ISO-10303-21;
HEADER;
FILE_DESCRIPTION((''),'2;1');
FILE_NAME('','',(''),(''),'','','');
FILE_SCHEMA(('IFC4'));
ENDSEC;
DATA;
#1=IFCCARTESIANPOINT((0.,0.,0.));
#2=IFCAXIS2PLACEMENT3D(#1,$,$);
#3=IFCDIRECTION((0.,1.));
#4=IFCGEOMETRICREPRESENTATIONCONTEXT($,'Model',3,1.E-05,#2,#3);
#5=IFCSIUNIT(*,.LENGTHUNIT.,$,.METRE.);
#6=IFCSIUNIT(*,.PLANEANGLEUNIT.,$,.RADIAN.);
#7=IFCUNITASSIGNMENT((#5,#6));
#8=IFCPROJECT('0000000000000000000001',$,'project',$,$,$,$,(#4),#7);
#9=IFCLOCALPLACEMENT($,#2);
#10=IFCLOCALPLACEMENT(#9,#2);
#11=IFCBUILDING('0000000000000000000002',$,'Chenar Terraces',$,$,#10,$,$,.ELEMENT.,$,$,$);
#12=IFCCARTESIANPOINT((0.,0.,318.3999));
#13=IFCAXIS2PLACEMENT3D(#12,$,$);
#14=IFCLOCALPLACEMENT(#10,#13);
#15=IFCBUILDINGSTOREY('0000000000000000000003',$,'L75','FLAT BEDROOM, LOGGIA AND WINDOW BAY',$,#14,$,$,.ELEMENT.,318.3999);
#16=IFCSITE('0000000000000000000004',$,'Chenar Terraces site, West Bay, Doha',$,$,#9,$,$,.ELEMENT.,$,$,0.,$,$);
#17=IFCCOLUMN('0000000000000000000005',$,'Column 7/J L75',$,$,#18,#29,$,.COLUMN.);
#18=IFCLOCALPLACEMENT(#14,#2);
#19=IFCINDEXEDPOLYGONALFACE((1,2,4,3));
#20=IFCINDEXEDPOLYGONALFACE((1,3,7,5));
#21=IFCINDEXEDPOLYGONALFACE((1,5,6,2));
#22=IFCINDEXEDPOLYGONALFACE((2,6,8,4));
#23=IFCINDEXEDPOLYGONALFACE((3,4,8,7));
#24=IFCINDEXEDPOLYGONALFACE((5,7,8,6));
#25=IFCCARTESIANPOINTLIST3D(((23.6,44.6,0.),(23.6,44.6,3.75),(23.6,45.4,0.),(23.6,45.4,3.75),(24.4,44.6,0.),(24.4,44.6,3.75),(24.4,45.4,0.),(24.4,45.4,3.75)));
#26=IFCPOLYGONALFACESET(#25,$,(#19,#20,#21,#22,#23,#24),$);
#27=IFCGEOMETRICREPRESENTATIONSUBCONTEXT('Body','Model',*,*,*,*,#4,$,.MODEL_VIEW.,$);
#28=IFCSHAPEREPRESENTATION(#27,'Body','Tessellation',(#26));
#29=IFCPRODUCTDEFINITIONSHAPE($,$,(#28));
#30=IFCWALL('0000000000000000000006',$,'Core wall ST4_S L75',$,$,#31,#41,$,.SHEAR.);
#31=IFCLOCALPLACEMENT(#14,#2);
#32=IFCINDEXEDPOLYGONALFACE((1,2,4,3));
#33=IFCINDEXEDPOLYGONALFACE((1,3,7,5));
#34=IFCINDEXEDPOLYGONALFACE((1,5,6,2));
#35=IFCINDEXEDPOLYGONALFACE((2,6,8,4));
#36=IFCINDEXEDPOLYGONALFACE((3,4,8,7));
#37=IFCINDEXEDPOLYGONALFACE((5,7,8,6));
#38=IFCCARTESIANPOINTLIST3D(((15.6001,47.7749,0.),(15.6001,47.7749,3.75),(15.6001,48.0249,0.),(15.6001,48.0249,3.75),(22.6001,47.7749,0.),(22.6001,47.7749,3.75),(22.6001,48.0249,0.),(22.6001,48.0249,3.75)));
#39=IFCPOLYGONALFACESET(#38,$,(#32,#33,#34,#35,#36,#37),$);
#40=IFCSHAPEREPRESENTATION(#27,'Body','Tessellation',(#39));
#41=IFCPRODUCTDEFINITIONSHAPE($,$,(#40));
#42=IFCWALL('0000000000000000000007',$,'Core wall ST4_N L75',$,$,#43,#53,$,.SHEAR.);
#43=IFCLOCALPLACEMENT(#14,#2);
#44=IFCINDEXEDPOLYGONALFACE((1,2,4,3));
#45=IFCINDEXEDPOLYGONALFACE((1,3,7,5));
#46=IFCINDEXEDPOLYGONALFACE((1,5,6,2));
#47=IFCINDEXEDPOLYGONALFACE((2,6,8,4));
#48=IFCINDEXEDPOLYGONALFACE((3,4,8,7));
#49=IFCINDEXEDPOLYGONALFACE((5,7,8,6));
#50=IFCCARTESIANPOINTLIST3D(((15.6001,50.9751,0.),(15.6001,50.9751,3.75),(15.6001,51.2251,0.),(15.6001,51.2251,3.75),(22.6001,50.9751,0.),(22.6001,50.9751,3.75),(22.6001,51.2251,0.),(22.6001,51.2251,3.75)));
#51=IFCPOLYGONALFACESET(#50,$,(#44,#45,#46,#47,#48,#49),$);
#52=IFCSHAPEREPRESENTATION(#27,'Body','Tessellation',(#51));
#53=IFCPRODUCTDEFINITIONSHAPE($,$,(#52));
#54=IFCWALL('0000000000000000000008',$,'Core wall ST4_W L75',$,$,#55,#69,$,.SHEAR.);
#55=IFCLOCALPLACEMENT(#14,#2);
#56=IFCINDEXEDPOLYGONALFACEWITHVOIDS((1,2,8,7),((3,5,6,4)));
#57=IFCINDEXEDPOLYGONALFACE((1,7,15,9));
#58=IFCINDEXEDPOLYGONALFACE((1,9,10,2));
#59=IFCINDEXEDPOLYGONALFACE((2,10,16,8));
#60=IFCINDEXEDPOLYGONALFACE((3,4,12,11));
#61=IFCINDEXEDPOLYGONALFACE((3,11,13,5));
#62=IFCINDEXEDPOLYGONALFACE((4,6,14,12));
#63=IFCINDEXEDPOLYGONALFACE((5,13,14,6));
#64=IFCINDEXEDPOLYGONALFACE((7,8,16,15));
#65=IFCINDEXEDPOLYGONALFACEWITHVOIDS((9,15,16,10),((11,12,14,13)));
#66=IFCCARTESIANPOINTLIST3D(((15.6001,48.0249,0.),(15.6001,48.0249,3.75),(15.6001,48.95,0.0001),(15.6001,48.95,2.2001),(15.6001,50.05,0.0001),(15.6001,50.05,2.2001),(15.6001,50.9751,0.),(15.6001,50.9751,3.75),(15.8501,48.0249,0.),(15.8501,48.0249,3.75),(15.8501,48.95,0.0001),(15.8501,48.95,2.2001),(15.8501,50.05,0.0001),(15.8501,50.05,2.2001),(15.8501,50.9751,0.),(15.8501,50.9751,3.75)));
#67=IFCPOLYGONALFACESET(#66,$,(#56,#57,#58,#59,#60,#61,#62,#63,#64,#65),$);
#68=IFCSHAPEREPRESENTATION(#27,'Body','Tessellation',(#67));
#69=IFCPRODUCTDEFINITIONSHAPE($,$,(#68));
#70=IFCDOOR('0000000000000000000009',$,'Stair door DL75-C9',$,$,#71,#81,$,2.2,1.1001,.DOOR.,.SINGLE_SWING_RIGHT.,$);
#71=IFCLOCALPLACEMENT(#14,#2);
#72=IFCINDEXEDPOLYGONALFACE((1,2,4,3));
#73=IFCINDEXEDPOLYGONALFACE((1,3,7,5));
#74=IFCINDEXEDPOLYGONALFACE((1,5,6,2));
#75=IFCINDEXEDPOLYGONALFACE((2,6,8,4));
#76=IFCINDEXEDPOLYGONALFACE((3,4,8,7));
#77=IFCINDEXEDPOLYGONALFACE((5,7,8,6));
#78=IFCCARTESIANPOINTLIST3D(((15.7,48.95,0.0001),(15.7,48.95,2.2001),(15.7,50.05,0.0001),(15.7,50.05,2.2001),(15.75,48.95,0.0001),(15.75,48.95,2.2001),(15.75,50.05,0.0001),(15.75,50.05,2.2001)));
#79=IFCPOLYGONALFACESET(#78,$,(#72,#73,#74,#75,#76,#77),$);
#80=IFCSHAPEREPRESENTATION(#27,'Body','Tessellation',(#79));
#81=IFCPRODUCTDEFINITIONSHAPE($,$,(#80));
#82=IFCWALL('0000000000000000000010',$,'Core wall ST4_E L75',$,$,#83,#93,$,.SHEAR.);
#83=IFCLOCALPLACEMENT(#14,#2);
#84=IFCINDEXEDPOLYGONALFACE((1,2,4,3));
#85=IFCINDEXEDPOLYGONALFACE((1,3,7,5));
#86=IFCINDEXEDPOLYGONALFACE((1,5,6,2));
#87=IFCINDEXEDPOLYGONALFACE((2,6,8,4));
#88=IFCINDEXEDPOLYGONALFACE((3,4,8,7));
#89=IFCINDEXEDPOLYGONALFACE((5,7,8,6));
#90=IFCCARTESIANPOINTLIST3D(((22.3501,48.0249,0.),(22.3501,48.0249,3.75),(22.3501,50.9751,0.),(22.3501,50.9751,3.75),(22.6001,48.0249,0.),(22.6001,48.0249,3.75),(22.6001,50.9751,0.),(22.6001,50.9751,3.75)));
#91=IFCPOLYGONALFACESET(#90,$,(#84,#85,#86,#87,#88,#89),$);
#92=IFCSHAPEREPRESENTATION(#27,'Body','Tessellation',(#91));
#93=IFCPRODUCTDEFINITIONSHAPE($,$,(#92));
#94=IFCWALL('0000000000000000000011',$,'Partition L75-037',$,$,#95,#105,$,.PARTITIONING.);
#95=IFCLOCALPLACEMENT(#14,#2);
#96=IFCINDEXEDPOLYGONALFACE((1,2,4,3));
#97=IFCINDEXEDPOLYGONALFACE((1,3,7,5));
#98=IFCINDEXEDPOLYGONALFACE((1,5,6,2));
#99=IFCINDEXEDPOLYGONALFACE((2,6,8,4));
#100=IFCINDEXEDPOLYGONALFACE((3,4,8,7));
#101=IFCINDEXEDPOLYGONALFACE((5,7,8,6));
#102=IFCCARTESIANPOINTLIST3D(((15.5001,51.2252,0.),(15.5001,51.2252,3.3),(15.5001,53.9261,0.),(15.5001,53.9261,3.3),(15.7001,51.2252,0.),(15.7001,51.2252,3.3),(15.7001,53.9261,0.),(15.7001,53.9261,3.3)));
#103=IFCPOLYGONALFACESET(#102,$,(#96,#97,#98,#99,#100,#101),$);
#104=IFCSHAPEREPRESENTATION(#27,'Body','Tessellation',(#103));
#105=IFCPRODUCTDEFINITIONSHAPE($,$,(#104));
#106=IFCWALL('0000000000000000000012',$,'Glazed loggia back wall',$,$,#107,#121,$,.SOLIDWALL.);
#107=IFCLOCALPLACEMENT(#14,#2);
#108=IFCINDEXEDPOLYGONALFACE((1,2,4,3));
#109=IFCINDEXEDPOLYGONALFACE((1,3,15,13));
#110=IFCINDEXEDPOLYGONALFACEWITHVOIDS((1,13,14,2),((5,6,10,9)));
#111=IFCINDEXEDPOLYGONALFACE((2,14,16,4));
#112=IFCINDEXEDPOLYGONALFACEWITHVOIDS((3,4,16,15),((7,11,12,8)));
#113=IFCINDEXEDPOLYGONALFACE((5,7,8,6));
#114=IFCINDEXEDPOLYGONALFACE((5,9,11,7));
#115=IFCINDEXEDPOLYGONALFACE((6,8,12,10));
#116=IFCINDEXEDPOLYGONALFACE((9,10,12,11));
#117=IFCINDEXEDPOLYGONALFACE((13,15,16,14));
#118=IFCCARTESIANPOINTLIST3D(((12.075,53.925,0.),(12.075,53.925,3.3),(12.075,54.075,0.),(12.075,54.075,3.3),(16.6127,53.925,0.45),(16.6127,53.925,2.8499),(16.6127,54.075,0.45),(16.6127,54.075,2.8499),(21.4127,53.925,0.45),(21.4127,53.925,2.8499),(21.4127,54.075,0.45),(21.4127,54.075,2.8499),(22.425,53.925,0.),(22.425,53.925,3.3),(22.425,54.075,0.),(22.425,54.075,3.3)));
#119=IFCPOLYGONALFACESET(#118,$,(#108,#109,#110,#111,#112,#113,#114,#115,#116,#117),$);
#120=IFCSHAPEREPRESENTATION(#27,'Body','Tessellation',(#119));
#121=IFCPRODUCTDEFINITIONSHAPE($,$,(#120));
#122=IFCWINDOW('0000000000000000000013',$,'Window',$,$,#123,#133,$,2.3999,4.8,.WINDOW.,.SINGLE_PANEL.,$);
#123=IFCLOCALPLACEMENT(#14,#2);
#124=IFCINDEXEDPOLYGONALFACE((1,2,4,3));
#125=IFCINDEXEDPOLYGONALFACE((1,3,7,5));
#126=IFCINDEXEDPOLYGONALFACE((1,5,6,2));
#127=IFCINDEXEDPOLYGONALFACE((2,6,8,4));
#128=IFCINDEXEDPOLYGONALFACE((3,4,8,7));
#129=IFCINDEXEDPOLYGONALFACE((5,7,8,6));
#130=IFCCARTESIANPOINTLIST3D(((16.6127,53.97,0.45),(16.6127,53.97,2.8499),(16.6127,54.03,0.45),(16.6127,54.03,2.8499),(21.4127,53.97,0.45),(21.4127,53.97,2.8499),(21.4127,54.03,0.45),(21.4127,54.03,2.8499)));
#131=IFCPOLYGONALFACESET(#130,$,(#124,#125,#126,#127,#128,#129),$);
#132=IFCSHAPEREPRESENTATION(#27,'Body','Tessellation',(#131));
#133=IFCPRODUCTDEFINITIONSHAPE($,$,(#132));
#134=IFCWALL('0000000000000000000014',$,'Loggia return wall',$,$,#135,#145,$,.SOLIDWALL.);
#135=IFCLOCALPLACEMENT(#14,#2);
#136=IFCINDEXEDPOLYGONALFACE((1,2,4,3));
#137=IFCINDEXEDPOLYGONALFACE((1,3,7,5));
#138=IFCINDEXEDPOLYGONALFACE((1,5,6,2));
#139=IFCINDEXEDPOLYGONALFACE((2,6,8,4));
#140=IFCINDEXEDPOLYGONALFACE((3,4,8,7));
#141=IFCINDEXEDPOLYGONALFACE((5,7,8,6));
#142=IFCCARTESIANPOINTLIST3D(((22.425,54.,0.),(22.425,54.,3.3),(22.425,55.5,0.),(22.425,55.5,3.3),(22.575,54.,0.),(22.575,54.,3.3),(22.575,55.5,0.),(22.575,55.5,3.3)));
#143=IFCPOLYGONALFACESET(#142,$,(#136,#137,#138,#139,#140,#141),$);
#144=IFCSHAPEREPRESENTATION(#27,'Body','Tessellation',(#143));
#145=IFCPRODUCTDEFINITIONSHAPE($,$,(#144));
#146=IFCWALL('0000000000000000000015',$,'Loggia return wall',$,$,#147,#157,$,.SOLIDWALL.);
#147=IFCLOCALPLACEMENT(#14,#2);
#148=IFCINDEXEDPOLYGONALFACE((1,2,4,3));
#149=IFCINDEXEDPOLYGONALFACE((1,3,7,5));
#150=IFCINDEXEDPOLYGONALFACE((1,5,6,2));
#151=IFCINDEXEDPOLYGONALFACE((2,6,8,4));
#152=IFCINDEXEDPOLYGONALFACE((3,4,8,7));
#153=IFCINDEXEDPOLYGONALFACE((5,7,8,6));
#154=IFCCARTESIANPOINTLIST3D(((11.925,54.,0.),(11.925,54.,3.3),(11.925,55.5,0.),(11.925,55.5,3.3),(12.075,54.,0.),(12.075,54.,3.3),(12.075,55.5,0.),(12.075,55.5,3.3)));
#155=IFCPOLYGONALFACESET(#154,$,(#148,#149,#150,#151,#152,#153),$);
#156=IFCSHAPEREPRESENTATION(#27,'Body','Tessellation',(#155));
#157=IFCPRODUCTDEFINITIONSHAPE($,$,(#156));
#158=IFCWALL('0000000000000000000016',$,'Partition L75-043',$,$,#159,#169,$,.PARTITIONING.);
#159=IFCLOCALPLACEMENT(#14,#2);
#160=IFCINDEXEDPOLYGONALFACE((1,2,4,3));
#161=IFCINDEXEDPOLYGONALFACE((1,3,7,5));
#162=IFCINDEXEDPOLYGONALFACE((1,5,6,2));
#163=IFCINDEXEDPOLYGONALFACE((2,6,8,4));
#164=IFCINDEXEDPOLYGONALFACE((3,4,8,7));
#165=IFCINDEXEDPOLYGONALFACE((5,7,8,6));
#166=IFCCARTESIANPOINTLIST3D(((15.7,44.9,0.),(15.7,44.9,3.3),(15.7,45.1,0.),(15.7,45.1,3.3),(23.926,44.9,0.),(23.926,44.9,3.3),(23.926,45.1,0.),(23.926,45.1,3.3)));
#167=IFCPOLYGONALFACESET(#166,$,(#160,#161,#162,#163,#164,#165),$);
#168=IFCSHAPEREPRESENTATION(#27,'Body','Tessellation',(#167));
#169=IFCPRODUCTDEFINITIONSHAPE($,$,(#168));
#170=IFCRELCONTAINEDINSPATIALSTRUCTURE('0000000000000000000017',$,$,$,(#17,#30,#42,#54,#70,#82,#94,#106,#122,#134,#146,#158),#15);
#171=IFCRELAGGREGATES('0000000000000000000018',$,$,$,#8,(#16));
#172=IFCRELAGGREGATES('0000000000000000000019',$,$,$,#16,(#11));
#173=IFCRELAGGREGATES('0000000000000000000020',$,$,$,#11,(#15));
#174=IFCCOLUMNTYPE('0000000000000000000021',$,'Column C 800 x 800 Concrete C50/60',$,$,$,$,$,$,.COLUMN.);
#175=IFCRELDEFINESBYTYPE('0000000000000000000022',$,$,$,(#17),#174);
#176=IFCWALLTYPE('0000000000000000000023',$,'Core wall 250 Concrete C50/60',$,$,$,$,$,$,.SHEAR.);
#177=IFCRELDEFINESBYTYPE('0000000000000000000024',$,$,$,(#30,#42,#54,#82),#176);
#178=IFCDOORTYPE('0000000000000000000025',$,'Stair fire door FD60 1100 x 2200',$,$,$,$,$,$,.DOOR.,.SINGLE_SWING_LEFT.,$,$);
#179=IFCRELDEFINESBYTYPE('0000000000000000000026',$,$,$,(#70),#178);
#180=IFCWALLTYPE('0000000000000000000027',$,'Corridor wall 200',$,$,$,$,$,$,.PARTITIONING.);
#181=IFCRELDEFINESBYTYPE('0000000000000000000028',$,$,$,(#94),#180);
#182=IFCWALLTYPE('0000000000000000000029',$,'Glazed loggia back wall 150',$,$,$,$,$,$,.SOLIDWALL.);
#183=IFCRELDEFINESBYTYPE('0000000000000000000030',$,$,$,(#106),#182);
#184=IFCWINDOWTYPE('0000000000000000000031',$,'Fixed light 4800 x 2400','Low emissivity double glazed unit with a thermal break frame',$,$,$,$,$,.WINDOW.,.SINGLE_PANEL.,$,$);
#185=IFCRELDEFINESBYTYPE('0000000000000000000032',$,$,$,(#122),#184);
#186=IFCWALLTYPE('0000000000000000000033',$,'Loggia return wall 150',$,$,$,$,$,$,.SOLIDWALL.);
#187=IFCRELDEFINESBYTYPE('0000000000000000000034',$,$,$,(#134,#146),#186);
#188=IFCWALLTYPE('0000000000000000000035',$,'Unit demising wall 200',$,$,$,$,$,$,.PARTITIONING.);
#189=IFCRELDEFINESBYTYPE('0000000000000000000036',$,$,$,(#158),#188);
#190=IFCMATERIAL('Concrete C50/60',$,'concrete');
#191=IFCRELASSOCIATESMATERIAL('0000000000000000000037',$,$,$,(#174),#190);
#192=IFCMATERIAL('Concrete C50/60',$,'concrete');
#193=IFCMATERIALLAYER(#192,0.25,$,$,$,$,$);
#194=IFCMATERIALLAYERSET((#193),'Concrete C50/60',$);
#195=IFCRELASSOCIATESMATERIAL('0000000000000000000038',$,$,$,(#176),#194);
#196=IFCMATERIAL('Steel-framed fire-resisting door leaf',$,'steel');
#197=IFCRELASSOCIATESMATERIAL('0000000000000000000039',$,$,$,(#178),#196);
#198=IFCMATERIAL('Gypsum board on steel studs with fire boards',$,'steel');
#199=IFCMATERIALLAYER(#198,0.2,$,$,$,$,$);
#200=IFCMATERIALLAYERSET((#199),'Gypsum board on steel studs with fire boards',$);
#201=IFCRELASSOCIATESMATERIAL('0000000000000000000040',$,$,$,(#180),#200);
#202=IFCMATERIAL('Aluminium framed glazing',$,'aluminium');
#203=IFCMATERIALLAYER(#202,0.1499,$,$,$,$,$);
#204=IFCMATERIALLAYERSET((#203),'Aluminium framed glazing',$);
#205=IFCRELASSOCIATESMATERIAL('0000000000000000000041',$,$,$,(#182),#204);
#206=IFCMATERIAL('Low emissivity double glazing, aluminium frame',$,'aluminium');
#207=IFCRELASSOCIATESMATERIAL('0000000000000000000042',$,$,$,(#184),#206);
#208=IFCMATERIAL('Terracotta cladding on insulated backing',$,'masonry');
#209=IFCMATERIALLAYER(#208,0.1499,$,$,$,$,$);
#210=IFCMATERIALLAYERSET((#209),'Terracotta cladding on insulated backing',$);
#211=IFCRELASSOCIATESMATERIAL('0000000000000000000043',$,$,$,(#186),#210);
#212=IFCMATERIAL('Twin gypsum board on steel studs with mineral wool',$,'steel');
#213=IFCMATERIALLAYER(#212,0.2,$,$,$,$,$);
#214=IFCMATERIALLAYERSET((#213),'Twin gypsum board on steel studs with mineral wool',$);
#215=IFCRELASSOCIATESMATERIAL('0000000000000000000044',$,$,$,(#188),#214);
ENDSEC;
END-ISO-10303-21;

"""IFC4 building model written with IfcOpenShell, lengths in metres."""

from ifc_helpers import new_model, si_unit, direction, frame, frame_2d, origin, origin_2d, place, context, subcontext, project, spatial, rectangle, extrude, material, layer, layer_set, material_profile, profile_set, type_object, element, fill, save


model = new_model("IFC4")

# Units and contexts
model_context = context("Model", 3, precision=1e-05, world=origin(), true_north=direction((0.0, 1.0)))
body_context = subcontext(model_context, "Body", "Model", "MODEL_VIEW")
ifc_project = project(units=[si_unit("LENGTHUNIT", "METRE"), si_unit("PLANEANGLEUNIT", "RADIAN")], contexts=[model_context])

# Site, building, storey
site_placement = place(None, origin())
site = spatial("IfcSite", under=ifc_project, at=site_placement, Name="Chenar Terraces site, West Bay, Doha", CompositionType="ELEMENT", RefElevation=0.0)
building_placement = place(site_placement, origin())
building = spatial("IfcBuilding", under=site, at=building_placement, Name="Chenar Terraces", CompositionType="ELEMENT")
storey_placement = place(building_placement, frame((0.0, 0.0, 318.3999)))
storey = spatial("IfcBuildingStorey", under=building, at=storey_placement, Name="L75", Description="FLAT BEDROOM, LOGGIA AND WINDOW BAY", CompositionType="ELEMENT", Elevation=318.3999)

# Column
ifc_material_1 = material(Name="Concrete C50/60", Category="concrete")
ifc_material_profile = material_profile(ifc_material_1, rectangle(XDim=0.8, YDim=0.8, at=origin_2d()), Name="C 800 x 800")
ifc_profile_set = profile_set([ifc_material_profile], Name="Concrete C50/60")
column_type = type_object("IfcColumnType", Name="Column C 800 x 800 Concrete C50/60", PredefinedType="COLUMN", material=ifc_profile_set)
column_placement = place(storey_placement, frame((24.0, 45.0, 0.0), z_axis=(0.0, 0.0, 1.0), x_axis=(1.0, 0.0, 0.0)))
element("IfcColumn", 1, at=column_placement, inside=storey, type_object=column_type, Name="Column 7/J L75", PredefinedType="COLUMN", context=body_context, shape_type="SweptSolid", body=[
    extrude(rectangle(XDim=0.8, YDim=0.8, at=origin_2d()), origin(), (0.0, 0.0, 1.0), 3.75),
])

# Walls
ifc_material_2 = material(Name="Concrete C50/60", Category="concrete")
ifc_layer_1 = layer(ifc_material_2, 0.25)
ifc_layer_set_1 = layer_set([ifc_layer_1], Name="Concrete C50/60")
wall_type_1 = type_object("IfcWallType", Name="Core wall 250 Concrete C50/60", PredefinedType="SHEAR", material=ifc_layer_set_1)
for number, where, z_axis, x_axis, name in (
    (2, (15.6001, 47.8999, 0.0), (0.0, 0.0, 1.0), (1.0, 0.0, 0.0), "Core wall ST4_S L75"),
    (3, (15.6001, 51.1001, 0.0), (0.0, 0.0, 1.0), (1.0, 0.0, 0.0), "Core wall ST4_N L75"),
):
    element("IfcWall", number, at=place(storey_placement, frame(where, z_axis=z_axis, x_axis=x_axis)), inside=storey, type_object=wall_type_1, Name=name, PredefinedType="SHEAR", context=body_context, shape_type="SweptSolid", body=[
        extrude(rectangle(XDim=7.0, YDim=0.25, at=frame_2d((3.5, 0.0))), origin(), (0.0, 0.0, 1.0), 3.75),
    ])

# Wall, opening, door
wall_1_placement = place(storey_placement, frame((15.7251, 48.0249, 0.0), z_axis=(0.0, 0.0, 1.0), x_axis=(0.0, 1.0, 0.0)))
wall_1 = element("IfcWall", 4, at=wall_1_placement, inside=storey, type_object=wall_type_1, Name="Core wall ST4_W L75", PredefinedType="SHEAR", context=body_context, shape_type="SweptSolid", body=[
    extrude(rectangle(XDim=2.9502, YDim=0.25, at=frame_2d((1.4751, 0.0))), origin(), (0.0, 0.0, 1.0), 3.75),
])
opening_1_placement = place(wall_1_placement, frame((0.925, 0.0, 0.0)))
opening_1 = element("IfcOpeningElement", 5, at=opening_1_placement, cuts=wall_1, PredefinedType="OPENING", context=body_context, shape_type="SweptSolid", body=[
    extrude(rectangle(XDim=1.1001, YDim=2.2, at=frame_2d((0.55, 1.1001))), frame((0.0, 0.135, 0.0), z_axis=(0.0, -1.0, 0.0), x_axis=(1.0, 0.0, 0.0)), (0.0, 0.0, 1.0), 0.27),
])
ifc_material_3 = material(Name="Steel-framed fire-resisting door leaf", Category="steel")
door_type = type_object("IfcDoorType", Name="Stair fire door FD60 1100 x 2200", OperationType="SINGLE_SWING_LEFT", PredefinedType="DOOR", material=ifc_material_3)
door_placement = place(opening_1_placement, frame((1.1001, 0.0, 0.0), z_axis=(0.0, 0.0, 1.0), x_axis=(-1.0, 0.0, 0.0)))
door = element("IfcDoor", 6, at=door_placement, inside=storey, type_object=door_type, Name="Stair door DL75-C9", OperationType="SINGLE_SWING_RIGHT", OverallHeight=2.2, OverallWidth=1.1001, PredefinedType="DOOR", context=body_context, shape_type="SweptSolid", body=[
    extrude(rectangle(XDim=1.1001, YDim=2.2, at=frame_2d((0.55, 1.1001))), frame((0.0, 0.0249, 0.0), z_axis=(0.0, -1.0, 0.0), x_axis=(1.0, 0.0, 0.0)), (0.0, 0.0, 1.0), 0.05),
])
fill(opening_1, door)

# Walls
wall_2_placement = place(storey_placement, frame((22.4751, 48.0249, 0.0), z_axis=(0.0, 0.0, 1.0), x_axis=(0.0, 1.0, 0.0)))
element("IfcWall", 7, at=wall_2_placement, inside=storey, type_object=wall_type_1, Name="Core wall ST4_E L75", PredefinedType="SHEAR", context=body_context, shape_type="SweptSolid", body=[
    extrude(rectangle(XDim=2.9502, YDim=0.25, at=frame_2d((1.4751, 0.0))), origin(), (0.0, 0.0, 1.0), 3.75),
])
ifc_material_4 = material(Name="Gypsum board on steel studs with fire boards", Category="steel")
ifc_layer_2 = layer(ifc_material_4, 0.2)
ifc_layer_set_2 = layer_set([ifc_layer_2], Name="Gypsum board on steel studs with fire boards")
wall_type_2 = type_object("IfcWallType", Name="Corridor wall 200", PredefinedType="PARTITIONING", material=ifc_layer_set_2)
wall_3_placement = place(storey_placement, frame((15.6001, 51.2251, 0.0), z_axis=(0.0, 0.0, 1.0), x_axis=(0.0, 1.0, 0.0)))
element("IfcWall", 8, at=wall_3_placement, inside=storey, type_object=wall_type_2, Name="Partition L75-037", PredefinedType="PARTITIONING", context=body_context, shape_type="SweptSolid", body=[
    extrude(rectangle(XDim=2.7009, YDim=0.2, at=frame_2d((1.3506, 0.0))), origin(), (0.0, 0.0, 1.0), 3.3),
])

# Wall, opening, window
ifc_material_5 = material(Name="Aluminium framed glazing", Category="aluminium")
ifc_layer_3 = layer(ifc_material_5, 0.1499)
ifc_layer_set_3 = layer_set([ifc_layer_3], Name="Aluminium framed glazing")
wall_type_3 = type_object("IfcWallType", Name="Glazed loggia back wall 150", PredefinedType="SOLIDWALL", material=ifc_layer_set_3)
wall_4_placement = place(storey_placement, frame((22.425, 54.0, 0.0), z_axis=(0.0, 0.0, 1.0), x_axis=(-1.0, 0.0, 0.0)))
wall_4 = element("IfcWall", 9, at=wall_4_placement, inside=storey, type_object=wall_type_3, Name="Glazed loggia back wall", PredefinedType="SOLIDWALL", context=body_context, shape_type="SweptSolid", body=[
    extrude(rectangle(XDim=10.3501, YDim=0.1499, at=frame_2d((5.175, 0.0))), origin(), (0.0, 0.0, 1.0), 3.3),
])
opening_2_placement = place(wall_4_placement, frame((1.0125, 0.0, 0.45)))
opening_2 = element("IfcOpeningElement", 10, at=opening_2_placement, cuts=wall_4, PredefinedType="OPENING", context=body_context, shape_type="SweptSolid", body=[
    extrude(rectangle(XDim=4.8, YDim=2.3999, at=frame_2d((2.3999, 1.2))), frame((0.0, 0.085, 0.0), z_axis=(0.0, -1.0, 0.0), x_axis=(1.0, 0.0, 0.0)), (0.0, 0.0, 1.0), 0.1699),
])
ifc_material_6 = material(Name="Low emissivity double glazing, aluminium frame", Category="aluminium")
window_type = type_object("IfcWindowType", Name="Fixed light 4800 x 2400", Description="Low emissivity double glazed unit with a thermal break frame", PartitioningType="SINGLE_PANEL", PredefinedType="WINDOW", material=ifc_material_6)
window_placement = place(opening_2_placement, origin())
window = element("IfcWindow", 11, at=window_placement, inside=storey, type_object=window_type, Name="Window", OverallHeight=2.3999, OverallWidth=4.8, PartitioningType="SINGLE_PANEL", PredefinedType="WINDOW", context=body_context, shape_type="SweptSolid", body=[
    extrude(rectangle(XDim=4.8, YDim=2.3999, at=frame_2d((2.3999, 1.2))), frame((0.0, 0.03, 0.0), z_axis=(0.0, -1.0, 0.0), x_axis=(1.0, 0.0, 0.0)), (0.0, 0.0, 1.0), 0.0601),
])
fill(opening_2, window)

# Walls
ifc_material_7 = material(Name="Terracotta cladding on insulated backing", Category="masonry")
ifc_layer_4 = layer(ifc_material_7, 0.1499)
ifc_layer_set_4 = layer_set([ifc_layer_4], Name="Terracotta cladding on insulated backing")
wall_type_4 = type_object("IfcWallType", Name="Loggia return wall 150", PredefinedType="SOLIDWALL", material=ifc_layer_set_4)
for number, where, z_axis, x_axis, name in (
    (12, (22.5, 55.5, 0.0), (0.0, 0.0, 1.0), (0.0, -1.0, 0.0), "Loggia return wall"),
    (13, (12.0, 55.5, 0.0), (0.0, 0.0, 1.0), (0.0, -1.0, 0.0), "Loggia return wall"),
):
    element("IfcWall", number, at=place(storey_placement, frame(where, z_axis=z_axis, x_axis=x_axis)), inside=storey, type_object=wall_type_4, Name=name, PredefinedType="SOLIDWALL", context=body_context, shape_type="SweptSolid", body=[
        extrude(rectangle(XDim=1.5, YDim=0.1499, at=frame_2d((0.75, 0.0))), origin(), (0.0, 0.0, 1.0), 3.3),
    ])
ifc_material_8 = material(Name="Twin gypsum board on steel studs with mineral wool", Category="steel")
ifc_layer_5 = layer(ifc_material_8, 0.2)
ifc_layer_set_5 = layer_set([ifc_layer_5], Name="Twin gypsum board on steel studs with mineral wool")
wall_type_5 = type_object("IfcWallType", Name="Unit demising wall 200", PredefinedType="PARTITIONING", material=ifc_layer_set_5)
wall_5_placement = place(storey_placement, frame((15.7, 45.0, 0.0), z_axis=(0.0, 0.0, 1.0), x_axis=(1.0, 0.0, 0.0)))
element("IfcWall", 14, at=wall_5_placement, inside=storey, type_object=wall_type_5, Name="Partition L75-043", PredefinedType="PARTITIONING", context=body_context, shape_type="SweptSolid", body=[
    extrude(rectangle(XDim=8.2261, YDim=0.2, at=frame_2d((4.113, 0.0))), origin(), (0.0, 0.0, 1.0), 3.3),
])

save(model, "model.ifc")
